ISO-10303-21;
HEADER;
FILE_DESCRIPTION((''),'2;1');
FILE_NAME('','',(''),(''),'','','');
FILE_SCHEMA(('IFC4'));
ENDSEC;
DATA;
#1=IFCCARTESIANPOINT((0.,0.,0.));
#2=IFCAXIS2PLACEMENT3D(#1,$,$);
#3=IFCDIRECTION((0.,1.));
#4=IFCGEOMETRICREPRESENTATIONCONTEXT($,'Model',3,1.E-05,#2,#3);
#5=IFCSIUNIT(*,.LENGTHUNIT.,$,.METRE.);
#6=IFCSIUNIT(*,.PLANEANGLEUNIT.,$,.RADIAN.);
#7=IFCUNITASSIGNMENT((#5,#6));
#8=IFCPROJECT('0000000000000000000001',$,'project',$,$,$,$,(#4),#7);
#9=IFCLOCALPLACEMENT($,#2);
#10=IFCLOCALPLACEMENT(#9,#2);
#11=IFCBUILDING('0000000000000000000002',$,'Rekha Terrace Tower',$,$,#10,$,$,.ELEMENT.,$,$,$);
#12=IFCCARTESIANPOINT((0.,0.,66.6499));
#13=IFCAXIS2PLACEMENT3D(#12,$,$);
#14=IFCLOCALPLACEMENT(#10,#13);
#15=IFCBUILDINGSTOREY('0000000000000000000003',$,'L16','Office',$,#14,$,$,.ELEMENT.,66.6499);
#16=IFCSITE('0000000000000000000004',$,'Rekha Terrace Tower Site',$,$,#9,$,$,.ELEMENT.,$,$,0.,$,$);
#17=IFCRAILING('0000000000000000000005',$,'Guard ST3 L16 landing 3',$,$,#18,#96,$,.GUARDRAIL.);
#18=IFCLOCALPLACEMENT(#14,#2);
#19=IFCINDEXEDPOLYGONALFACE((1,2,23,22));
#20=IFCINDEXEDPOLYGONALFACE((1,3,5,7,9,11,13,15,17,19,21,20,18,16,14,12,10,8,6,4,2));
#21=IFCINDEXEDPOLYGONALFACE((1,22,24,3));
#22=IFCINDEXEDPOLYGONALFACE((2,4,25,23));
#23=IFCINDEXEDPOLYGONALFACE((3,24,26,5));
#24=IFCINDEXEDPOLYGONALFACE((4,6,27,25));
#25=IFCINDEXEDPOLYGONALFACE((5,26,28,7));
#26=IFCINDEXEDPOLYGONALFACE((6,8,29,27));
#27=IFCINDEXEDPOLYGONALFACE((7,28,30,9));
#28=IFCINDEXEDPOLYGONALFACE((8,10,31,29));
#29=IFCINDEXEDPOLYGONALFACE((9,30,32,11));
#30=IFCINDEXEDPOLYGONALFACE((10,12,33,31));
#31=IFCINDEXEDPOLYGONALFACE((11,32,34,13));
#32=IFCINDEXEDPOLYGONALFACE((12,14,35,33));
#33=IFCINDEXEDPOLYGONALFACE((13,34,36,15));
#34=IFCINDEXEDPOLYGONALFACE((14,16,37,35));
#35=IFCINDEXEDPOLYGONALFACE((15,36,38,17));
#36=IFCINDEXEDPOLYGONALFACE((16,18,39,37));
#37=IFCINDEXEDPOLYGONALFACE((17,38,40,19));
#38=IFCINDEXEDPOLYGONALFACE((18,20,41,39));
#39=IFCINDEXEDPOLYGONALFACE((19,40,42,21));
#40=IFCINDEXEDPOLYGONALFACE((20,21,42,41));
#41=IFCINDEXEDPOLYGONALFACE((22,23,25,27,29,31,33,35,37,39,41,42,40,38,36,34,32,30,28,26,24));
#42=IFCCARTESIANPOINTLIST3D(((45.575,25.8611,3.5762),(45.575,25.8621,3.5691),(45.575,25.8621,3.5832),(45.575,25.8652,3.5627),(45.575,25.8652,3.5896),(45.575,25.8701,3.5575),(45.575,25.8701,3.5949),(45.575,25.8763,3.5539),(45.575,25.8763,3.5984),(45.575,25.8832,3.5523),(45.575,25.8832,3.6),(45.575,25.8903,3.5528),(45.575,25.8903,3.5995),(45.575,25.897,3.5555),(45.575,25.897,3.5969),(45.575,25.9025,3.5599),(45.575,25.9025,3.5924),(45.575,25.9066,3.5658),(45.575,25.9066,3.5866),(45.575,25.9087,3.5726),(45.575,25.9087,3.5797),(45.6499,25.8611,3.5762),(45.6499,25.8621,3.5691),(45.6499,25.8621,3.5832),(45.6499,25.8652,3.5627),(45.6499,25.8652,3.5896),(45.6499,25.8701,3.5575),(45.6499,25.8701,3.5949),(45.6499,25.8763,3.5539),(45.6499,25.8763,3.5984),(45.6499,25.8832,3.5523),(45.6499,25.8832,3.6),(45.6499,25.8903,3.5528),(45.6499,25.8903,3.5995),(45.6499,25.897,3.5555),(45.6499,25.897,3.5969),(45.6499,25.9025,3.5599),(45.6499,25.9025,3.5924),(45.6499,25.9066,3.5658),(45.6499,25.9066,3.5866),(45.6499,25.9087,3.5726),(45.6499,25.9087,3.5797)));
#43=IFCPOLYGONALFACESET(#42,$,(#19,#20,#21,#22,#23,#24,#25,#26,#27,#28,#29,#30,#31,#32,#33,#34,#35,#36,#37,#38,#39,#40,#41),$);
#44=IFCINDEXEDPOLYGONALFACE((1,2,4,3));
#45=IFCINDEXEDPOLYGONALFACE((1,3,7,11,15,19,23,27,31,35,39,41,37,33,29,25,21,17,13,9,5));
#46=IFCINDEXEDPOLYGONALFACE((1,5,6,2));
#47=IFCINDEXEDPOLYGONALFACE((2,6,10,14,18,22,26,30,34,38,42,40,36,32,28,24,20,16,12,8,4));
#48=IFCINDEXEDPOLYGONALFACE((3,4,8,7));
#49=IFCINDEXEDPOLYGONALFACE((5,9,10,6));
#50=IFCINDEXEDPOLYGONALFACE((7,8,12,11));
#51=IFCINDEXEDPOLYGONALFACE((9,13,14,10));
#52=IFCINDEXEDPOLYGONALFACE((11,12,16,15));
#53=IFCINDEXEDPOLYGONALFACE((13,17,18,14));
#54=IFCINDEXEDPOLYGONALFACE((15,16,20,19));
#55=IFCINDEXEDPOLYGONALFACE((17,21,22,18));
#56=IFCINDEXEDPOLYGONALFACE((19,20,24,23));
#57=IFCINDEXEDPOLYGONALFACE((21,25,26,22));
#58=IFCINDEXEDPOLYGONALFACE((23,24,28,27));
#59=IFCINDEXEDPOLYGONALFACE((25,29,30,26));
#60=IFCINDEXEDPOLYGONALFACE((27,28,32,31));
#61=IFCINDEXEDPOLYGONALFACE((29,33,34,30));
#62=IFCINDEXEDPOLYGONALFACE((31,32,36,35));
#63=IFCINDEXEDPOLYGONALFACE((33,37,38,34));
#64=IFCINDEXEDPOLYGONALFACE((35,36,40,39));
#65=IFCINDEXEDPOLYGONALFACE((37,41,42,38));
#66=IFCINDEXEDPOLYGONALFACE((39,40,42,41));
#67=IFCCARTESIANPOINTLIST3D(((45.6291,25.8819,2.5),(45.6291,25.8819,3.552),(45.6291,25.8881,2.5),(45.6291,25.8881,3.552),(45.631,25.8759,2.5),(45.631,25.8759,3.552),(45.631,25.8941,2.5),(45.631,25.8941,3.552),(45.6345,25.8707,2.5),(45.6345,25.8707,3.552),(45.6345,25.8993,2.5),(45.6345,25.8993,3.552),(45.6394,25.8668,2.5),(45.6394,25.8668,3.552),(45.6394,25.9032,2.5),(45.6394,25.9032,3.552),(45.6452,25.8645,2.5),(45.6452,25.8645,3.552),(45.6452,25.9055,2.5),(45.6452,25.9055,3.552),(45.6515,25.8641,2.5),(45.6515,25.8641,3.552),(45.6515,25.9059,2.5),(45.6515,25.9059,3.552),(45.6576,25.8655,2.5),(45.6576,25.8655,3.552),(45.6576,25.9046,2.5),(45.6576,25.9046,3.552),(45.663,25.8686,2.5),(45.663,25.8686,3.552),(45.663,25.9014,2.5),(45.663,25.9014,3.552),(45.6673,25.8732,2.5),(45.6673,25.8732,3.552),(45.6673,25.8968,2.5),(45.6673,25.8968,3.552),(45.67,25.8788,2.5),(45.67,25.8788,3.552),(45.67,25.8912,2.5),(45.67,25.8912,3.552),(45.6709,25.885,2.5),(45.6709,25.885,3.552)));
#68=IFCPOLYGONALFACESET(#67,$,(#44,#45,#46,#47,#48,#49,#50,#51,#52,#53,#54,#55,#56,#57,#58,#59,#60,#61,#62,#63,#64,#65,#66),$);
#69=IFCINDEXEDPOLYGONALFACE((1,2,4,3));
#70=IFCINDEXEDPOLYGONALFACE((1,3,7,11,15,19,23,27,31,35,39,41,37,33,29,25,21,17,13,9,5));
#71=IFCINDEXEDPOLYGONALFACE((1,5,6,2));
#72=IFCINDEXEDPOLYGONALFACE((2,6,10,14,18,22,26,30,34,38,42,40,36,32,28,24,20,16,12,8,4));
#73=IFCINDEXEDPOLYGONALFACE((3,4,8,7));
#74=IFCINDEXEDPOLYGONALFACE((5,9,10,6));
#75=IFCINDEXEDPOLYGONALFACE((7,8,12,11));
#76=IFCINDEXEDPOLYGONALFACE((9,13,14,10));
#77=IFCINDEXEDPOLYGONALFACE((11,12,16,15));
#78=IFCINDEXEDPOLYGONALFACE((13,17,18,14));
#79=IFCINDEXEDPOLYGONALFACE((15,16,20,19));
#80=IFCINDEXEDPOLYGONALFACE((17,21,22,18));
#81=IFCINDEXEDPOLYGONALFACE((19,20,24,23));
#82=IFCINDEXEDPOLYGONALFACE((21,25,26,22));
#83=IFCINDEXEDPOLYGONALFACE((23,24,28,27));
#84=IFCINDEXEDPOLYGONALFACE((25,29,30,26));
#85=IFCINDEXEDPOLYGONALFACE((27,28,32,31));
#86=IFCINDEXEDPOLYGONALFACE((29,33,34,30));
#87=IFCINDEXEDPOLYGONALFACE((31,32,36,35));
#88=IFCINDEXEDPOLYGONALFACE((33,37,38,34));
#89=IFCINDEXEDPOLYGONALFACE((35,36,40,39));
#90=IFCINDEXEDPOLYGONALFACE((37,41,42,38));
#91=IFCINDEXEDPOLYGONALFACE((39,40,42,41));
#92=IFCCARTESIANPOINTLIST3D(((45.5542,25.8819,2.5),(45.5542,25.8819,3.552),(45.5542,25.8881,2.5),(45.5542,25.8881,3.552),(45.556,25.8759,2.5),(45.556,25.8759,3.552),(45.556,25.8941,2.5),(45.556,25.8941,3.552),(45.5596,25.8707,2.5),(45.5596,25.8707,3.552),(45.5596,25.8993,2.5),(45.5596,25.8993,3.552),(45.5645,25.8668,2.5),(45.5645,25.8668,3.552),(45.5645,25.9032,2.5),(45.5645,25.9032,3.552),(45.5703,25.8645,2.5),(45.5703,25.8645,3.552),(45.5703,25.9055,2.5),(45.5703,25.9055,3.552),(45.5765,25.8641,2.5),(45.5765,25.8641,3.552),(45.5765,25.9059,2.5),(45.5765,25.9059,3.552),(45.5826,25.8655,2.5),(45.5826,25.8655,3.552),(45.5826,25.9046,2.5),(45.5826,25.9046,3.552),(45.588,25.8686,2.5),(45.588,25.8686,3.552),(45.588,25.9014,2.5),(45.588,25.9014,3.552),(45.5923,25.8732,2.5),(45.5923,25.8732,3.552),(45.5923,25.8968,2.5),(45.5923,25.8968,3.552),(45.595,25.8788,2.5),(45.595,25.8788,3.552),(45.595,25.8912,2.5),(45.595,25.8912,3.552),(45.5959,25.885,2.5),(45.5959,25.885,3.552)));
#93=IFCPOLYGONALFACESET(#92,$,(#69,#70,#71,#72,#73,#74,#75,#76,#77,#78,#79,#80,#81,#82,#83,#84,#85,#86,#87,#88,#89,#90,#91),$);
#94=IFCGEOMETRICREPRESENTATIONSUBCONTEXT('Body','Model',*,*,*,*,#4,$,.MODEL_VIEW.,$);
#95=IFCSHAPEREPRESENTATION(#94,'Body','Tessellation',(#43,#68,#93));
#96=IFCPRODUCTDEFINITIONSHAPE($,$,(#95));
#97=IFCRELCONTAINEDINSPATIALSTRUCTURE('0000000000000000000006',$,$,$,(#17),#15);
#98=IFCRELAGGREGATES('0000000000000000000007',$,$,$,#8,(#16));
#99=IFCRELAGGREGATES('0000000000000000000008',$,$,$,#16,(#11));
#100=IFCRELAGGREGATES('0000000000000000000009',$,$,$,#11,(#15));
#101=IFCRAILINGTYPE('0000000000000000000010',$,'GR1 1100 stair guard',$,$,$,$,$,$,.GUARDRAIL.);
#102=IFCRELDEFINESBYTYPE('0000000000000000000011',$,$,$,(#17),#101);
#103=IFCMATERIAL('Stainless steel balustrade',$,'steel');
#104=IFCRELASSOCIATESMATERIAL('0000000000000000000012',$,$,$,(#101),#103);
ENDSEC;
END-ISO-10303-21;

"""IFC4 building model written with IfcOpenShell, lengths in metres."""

from ifc_helpers import new_model, si_unit, direction, frame, origin, origin_2d, place, context, subcontext, project, spatial, circle, extrude, material, type_object, element, save


model = new_model("IFC4")

# Units and contexts
model_context = context("Model", 3, precision=1e-05, world=origin(), true_north=direction((0.0, 1.0)))
body_context = subcontext(model_context, "Body", "Model", "MODEL_VIEW")
ifc_project = project(units=[si_unit("LENGTHUNIT", "METRE"), si_unit("PLANEANGLEUNIT", "RADIAN")], contexts=[model_context])

# Site, building, storey
site_placement = place(None, origin())
site = spatial("IfcSite", under=ifc_project, at=site_placement, Name="Rekha Terrace Tower Site", CompositionType="ELEMENT", RefElevation=0.0)
building_placement = place(site_placement, origin())
building = spatial("IfcBuilding", under=site, at=building_placement, Name="Rekha Terrace Tower", CompositionType="ELEMENT")
storey_placement = place(building_placement, frame((0.0, 0.0, 66.6499)))
storey = spatial("IfcBuildingStorey", under=building, at=storey_placement, Name="L16", Description="Office", CompositionType="ELEMENT", Elevation=66.6499)

# Railing
ifc_material_1 = material(Name="Stainless steel balustrade", Category="steel")
railing_type_1 = type_object("IfcRailingType", Name="GR1 1100 stair guard", PredefinedType="GUARDRAIL", material=ifc_material_1)
railing_1_placement = place(storey_placement, frame((45.6499, 25.885, 2.5)))
element("IfcRailing", 1, at=railing_1_placement, inside=storey, type_object=railing_type_1, Name="Guard ST3 L16 landing 3", PredefinedType="GUARDRAIL", context=body_context, shape_type="SweptSolid", body=[
    extrude(circle(Radius=0.0239, at=origin_2d()), frame((0.0, 0.0, 1.0762), z_axis=(-1.0, 0.0, 0.0), x_axis=(0.0, -1.0, 0.0)), (0.0, 0.0, 1.0), 0.075),
    extrude(circle(Radius=0.021, at=origin_2d()), origin(), (0.0, 0.0, 1.0), 1.052),
    extrude(circle(Radius=0.021, at=origin_2d()), frame((-0.075, 0.0, 0.0)), (0.0, 0.0, 1.0), 1.052),
])

save(model, "model.ifc")
